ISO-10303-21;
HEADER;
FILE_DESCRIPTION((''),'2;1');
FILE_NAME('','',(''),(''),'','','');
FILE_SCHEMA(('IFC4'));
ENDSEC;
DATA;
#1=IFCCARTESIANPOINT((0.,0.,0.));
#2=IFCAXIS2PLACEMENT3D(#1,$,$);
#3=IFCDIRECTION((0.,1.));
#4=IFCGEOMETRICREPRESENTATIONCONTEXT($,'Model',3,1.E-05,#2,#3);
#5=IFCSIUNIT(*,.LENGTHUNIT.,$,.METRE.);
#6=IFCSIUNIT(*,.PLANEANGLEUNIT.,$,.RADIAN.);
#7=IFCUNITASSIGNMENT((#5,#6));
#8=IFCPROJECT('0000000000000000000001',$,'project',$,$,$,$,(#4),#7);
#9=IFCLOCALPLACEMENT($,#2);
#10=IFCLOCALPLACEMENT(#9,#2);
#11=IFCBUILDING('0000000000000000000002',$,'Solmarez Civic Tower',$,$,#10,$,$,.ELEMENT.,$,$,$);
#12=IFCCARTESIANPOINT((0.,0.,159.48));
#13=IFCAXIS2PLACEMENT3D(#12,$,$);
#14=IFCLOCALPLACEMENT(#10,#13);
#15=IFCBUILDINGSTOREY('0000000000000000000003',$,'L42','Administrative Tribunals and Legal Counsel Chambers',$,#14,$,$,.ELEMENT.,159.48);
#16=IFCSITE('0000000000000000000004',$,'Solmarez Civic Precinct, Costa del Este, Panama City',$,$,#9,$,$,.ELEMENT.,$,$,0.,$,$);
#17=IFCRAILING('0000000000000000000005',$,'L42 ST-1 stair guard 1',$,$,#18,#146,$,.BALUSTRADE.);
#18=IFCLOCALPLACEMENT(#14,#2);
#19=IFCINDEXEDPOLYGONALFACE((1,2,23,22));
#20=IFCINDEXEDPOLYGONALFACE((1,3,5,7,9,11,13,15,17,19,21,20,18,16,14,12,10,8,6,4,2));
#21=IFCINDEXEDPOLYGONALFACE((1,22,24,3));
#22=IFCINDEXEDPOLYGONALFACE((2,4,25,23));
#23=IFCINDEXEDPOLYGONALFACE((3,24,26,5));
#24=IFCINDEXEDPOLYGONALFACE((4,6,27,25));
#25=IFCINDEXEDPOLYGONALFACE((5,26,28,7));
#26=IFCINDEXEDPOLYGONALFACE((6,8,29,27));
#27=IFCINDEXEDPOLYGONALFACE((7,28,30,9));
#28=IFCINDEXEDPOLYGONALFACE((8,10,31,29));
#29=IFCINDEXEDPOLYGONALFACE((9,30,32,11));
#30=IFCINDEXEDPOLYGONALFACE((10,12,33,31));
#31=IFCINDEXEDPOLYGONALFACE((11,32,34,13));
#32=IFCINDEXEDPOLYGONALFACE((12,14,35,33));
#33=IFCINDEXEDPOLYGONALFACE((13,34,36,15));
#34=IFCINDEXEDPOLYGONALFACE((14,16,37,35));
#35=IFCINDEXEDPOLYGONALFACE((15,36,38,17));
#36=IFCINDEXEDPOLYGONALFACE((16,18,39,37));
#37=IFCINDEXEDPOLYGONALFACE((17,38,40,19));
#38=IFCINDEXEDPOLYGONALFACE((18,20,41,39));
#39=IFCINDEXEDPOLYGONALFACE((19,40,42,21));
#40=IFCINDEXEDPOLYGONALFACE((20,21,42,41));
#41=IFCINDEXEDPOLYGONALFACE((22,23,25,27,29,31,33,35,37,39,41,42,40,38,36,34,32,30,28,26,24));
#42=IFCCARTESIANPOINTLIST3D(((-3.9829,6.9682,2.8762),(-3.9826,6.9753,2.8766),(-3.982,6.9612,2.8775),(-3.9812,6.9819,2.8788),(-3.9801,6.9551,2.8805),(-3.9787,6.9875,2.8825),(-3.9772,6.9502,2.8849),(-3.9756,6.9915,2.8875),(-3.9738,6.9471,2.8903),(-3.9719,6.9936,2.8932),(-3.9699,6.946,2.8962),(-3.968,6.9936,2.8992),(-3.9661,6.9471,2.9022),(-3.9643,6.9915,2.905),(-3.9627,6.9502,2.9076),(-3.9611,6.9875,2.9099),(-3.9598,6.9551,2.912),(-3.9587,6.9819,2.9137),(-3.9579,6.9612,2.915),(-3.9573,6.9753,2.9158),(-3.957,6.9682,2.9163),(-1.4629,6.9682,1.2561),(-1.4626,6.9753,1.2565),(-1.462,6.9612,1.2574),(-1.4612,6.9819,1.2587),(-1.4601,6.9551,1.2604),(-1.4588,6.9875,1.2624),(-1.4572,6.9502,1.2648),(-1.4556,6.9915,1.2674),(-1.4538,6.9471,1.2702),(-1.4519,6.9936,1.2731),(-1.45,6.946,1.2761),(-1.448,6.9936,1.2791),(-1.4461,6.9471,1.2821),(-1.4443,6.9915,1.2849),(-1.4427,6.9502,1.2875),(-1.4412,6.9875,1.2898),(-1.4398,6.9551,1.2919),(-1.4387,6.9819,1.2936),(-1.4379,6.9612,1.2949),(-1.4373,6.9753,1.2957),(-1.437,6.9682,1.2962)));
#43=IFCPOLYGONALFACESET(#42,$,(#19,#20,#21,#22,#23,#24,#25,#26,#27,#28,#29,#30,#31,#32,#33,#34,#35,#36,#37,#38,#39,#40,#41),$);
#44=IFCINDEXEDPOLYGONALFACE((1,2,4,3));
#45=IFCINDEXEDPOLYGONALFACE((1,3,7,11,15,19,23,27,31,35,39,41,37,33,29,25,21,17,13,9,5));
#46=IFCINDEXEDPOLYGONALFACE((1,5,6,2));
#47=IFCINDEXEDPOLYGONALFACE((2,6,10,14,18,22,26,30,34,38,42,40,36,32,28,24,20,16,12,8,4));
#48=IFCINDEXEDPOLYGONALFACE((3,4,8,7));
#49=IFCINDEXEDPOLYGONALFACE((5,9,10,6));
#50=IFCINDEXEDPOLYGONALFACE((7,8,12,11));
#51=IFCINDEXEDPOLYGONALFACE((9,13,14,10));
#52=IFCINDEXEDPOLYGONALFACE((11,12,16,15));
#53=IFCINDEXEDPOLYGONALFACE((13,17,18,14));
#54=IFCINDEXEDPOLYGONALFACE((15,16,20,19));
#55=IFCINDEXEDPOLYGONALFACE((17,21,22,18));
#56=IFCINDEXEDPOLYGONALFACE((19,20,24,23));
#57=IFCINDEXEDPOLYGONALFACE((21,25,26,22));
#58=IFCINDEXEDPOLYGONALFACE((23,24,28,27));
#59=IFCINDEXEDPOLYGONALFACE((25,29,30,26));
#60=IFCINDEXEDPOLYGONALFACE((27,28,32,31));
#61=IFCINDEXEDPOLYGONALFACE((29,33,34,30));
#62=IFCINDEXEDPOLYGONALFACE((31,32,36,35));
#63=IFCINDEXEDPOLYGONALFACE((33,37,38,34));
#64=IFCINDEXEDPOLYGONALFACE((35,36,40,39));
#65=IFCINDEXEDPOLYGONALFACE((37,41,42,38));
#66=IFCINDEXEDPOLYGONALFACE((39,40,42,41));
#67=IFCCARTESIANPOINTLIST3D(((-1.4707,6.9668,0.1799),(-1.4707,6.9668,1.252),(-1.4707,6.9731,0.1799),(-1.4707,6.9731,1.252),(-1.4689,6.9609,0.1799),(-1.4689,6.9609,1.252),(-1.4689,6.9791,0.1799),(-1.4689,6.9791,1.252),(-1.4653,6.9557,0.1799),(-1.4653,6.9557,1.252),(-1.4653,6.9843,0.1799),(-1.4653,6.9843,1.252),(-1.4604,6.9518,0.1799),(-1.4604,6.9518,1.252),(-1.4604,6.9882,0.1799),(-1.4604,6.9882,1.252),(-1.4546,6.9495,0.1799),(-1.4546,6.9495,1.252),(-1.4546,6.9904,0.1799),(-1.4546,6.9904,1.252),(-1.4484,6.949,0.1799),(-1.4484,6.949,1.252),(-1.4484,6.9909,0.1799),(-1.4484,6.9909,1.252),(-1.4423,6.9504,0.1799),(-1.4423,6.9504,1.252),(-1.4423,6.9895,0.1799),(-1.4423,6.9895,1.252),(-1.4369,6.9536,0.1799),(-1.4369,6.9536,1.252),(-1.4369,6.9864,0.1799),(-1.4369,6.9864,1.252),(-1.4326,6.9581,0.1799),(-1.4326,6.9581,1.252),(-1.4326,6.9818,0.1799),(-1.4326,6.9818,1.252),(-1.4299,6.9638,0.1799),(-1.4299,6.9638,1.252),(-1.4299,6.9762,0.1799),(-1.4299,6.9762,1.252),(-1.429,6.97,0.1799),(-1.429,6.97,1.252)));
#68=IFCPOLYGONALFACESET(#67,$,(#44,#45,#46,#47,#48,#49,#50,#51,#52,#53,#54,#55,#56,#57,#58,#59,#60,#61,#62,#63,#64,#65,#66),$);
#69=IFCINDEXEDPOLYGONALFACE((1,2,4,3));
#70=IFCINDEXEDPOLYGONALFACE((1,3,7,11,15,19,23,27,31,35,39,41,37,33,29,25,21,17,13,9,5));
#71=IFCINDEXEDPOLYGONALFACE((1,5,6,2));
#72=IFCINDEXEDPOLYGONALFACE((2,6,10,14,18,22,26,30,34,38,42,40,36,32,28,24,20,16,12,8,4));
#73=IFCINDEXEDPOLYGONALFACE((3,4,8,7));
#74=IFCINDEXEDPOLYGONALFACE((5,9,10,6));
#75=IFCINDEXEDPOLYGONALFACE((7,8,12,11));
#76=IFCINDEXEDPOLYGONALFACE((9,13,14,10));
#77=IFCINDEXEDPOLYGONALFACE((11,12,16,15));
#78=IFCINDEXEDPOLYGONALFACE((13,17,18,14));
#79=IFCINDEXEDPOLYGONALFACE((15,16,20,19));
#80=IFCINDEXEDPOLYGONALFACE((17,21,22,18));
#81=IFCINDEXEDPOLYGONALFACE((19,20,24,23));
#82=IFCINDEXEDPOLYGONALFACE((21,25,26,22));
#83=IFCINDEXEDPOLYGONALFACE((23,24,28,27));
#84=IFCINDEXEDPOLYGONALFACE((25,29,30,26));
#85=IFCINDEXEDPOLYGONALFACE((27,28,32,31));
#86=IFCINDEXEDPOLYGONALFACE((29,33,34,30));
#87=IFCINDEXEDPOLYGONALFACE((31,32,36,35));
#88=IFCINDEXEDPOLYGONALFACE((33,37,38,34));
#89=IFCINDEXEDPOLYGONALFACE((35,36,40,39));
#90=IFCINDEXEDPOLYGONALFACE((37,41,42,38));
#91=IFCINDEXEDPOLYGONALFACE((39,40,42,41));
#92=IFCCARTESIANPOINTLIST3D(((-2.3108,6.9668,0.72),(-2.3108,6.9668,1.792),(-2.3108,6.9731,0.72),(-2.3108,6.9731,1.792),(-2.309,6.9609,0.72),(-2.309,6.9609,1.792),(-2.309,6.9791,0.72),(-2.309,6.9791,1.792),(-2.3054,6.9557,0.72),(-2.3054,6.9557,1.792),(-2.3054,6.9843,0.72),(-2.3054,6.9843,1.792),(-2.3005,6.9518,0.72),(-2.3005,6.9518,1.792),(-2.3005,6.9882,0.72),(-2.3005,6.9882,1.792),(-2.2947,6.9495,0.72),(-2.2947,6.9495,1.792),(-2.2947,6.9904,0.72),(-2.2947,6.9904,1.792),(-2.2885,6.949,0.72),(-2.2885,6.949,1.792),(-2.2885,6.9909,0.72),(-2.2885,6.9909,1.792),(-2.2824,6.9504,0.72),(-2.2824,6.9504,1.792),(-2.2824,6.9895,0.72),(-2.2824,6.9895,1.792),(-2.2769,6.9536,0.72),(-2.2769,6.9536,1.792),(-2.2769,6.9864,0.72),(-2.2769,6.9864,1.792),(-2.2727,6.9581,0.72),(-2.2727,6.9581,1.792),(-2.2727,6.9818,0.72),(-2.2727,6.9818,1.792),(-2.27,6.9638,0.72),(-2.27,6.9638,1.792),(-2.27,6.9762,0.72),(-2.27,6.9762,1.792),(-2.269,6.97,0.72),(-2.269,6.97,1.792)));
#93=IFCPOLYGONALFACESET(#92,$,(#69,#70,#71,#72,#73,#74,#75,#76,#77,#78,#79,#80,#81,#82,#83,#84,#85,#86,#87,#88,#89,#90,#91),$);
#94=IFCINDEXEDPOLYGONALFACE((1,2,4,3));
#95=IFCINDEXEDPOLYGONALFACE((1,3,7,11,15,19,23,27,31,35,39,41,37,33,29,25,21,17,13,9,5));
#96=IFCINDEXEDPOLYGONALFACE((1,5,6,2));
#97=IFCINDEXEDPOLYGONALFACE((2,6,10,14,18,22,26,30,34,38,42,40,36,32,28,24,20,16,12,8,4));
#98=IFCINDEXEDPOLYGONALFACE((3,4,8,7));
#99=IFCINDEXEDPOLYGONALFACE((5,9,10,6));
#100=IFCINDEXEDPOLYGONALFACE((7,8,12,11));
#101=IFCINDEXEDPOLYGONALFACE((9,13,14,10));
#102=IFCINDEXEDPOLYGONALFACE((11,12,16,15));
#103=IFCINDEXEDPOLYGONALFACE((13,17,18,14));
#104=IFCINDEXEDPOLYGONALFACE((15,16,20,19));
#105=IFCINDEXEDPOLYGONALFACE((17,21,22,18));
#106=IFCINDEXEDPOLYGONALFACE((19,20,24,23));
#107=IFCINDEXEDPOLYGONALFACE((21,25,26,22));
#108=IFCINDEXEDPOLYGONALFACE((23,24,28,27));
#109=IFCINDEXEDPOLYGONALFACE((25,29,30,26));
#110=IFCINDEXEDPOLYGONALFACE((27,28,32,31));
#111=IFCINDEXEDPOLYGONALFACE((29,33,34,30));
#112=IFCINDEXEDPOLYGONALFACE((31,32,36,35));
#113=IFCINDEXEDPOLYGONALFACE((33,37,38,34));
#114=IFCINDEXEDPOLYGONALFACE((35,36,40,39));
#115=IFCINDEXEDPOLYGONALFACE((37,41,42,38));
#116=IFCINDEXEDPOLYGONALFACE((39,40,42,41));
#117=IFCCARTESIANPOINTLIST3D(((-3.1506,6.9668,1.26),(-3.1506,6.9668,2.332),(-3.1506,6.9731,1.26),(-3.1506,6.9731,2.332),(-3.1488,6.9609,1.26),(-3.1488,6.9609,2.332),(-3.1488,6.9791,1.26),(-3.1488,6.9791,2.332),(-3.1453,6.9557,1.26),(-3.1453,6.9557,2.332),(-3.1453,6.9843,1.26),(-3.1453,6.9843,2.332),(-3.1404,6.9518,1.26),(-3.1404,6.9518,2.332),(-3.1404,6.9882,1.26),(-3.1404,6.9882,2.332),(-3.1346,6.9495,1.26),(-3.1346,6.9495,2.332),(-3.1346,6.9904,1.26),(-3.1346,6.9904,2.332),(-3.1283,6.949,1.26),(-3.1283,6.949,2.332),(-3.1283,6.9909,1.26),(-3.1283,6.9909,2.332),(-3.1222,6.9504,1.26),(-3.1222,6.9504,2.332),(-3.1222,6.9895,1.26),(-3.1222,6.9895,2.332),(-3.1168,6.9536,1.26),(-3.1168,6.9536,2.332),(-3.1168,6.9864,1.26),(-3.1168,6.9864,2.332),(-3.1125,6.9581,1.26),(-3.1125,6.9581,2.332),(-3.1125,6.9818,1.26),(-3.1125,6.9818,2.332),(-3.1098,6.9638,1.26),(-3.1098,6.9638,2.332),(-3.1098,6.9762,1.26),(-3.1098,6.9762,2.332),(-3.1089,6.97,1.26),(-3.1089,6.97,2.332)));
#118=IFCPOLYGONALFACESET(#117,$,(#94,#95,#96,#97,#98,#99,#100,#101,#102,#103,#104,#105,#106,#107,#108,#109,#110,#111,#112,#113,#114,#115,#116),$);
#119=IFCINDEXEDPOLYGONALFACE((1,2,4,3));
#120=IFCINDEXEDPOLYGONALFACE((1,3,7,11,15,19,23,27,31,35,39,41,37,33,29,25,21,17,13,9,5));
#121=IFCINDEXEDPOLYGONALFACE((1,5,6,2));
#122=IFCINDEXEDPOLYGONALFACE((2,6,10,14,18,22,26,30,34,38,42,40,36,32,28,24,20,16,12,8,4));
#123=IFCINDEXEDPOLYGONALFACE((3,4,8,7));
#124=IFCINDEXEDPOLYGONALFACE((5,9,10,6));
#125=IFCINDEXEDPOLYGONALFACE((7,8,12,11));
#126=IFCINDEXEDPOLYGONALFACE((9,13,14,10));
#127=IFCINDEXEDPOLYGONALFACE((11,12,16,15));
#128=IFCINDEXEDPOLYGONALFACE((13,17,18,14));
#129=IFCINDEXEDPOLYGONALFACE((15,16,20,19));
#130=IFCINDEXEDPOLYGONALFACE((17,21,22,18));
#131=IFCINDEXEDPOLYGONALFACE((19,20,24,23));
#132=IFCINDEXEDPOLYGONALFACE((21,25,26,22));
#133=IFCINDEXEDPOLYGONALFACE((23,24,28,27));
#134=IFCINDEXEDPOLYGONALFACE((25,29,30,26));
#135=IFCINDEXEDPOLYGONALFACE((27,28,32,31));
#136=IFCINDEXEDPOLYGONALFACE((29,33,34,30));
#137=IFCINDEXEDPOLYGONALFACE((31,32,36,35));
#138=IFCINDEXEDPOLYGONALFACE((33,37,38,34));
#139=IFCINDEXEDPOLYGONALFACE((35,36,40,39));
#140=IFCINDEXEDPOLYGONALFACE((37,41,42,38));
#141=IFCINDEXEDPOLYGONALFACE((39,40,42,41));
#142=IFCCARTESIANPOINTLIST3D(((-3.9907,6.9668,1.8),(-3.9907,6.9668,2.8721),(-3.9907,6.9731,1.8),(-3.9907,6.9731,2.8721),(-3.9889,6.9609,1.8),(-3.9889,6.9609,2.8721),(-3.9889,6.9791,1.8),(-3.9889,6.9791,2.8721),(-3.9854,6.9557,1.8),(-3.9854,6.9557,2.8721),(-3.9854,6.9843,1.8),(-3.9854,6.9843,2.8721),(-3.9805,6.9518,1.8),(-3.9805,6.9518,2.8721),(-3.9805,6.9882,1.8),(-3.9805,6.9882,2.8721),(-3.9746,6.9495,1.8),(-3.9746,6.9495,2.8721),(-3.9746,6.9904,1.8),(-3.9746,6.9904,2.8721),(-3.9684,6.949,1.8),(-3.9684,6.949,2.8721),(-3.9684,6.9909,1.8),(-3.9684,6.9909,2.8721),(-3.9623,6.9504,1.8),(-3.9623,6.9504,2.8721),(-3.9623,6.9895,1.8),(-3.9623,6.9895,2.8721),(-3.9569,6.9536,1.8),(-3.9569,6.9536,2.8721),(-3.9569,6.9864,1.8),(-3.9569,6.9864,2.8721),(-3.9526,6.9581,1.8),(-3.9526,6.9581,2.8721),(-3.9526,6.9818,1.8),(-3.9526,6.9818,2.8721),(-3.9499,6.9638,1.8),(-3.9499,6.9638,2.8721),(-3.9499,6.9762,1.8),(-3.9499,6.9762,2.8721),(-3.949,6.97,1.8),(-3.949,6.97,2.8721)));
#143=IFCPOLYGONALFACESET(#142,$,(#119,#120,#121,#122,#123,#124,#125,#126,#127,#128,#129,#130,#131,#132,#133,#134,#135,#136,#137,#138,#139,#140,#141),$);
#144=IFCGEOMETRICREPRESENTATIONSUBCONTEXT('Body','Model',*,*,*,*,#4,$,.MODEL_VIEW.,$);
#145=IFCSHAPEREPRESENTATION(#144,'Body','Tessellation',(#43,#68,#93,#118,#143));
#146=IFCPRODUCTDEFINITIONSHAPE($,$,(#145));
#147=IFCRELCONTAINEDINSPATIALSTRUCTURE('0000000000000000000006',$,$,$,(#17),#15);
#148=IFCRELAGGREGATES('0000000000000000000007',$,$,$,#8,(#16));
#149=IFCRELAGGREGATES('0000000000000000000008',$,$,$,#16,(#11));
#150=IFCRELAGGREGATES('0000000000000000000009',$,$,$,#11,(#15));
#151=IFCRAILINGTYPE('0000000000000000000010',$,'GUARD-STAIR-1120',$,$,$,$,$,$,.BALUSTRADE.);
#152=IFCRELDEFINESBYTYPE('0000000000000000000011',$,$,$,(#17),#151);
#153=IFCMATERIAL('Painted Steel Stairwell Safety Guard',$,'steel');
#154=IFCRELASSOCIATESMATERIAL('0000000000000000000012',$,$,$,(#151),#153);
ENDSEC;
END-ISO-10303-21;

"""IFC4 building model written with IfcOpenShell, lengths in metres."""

from ifc_helpers import new_model, si_unit, direction, frame, origin, origin_2d, place, context, subcontext, project, spatial, circle, extrude, material, type_object, element, save


model = new_model("IFC4")

# Units and contexts
model_context = context("Model", 3, precision=1e-05, world=origin(), true_north=direction((0.0, 1.0)))
body_context = subcontext(model_context, "Body", "Model", "MODEL_VIEW")
ifc_project = project(units=[si_unit("LENGTHUNIT", "METRE"), si_unit("PLANEANGLEUNIT", "RADIAN")], contexts=[model_context])

# Site, building, storey
site_placement = place(None, origin())
site = spatial("IfcSite", under=ifc_project, at=site_placement, Name="Solmarez Civic Precinct, Costa del Este, Panama City", CompositionType="ELEMENT", RefElevation=0.0)
building_placement = place(site_placement, origin())
building = spatial("IfcBuilding", under=site, at=building_placement, Name="Solmarez Civic Tower", CompositionType="ELEMENT")
storey_placement = place(building_placement, frame((0.0, 0.0, 159.48)))
storey = spatial("IfcBuildingStorey", under=building, at=storey_placement, Name="L42", Description="Administrative Tribunals and Legal Counsel Chambers", CompositionType="ELEMENT", Elevation=159.48)

# Railing
ifc_material_1 = material(Name="Painted Steel Stairwell Safety Guard", Category="steel")
railing_type_1 = type_object("IfcRailingType", Name="GUARD-STAIR-1120", PredefinedType="BALUSTRADE", material=ifc_material_1)
railing_1_placement = place(storey_placement, frame((-1.45, 6.97, 0.1799)))
element("IfcRailing", 1, at=railing_1_placement, inside=storey, type_object=railing_type_1, Name="L42 ST-1 stair guard 1", PredefinedType="BALUSTRADE", context=body_context, shape_type="SweptSolid", body=[
    extrude(circle(Radius=0.0239, at=origin_2d()), frame((0.0, 0.0, 1.0962), z_axis=(-0.841163, 0.0, 0.540782), x_axis=(0.0, -1.0, 0.0)), (0.0, 0.0, 1.0), 2.9958),
    extrude(circle(Radius=0.021, at=origin_2d()), origin(), (0.0, 0.0, 1.0), 1.072),
    extrude(circle(Radius=0.021, at=origin_2d()), frame((-0.8401, 0.0, 0.54)), (0.0, 0.0, 1.0), 1.072),
    extrude(circle(Radius=0.021, at=origin_2d()), frame((-1.6799, 0.0, 1.0801)), (0.0, 0.0, 1.0), 1.072),
    extrude(circle(Radius=0.021, at=origin_2d()), frame((-2.52, 0.0, 1.6201)), (0.0, 0.0, 1.0), 1.072),
])

save(model, "model.ifc")
